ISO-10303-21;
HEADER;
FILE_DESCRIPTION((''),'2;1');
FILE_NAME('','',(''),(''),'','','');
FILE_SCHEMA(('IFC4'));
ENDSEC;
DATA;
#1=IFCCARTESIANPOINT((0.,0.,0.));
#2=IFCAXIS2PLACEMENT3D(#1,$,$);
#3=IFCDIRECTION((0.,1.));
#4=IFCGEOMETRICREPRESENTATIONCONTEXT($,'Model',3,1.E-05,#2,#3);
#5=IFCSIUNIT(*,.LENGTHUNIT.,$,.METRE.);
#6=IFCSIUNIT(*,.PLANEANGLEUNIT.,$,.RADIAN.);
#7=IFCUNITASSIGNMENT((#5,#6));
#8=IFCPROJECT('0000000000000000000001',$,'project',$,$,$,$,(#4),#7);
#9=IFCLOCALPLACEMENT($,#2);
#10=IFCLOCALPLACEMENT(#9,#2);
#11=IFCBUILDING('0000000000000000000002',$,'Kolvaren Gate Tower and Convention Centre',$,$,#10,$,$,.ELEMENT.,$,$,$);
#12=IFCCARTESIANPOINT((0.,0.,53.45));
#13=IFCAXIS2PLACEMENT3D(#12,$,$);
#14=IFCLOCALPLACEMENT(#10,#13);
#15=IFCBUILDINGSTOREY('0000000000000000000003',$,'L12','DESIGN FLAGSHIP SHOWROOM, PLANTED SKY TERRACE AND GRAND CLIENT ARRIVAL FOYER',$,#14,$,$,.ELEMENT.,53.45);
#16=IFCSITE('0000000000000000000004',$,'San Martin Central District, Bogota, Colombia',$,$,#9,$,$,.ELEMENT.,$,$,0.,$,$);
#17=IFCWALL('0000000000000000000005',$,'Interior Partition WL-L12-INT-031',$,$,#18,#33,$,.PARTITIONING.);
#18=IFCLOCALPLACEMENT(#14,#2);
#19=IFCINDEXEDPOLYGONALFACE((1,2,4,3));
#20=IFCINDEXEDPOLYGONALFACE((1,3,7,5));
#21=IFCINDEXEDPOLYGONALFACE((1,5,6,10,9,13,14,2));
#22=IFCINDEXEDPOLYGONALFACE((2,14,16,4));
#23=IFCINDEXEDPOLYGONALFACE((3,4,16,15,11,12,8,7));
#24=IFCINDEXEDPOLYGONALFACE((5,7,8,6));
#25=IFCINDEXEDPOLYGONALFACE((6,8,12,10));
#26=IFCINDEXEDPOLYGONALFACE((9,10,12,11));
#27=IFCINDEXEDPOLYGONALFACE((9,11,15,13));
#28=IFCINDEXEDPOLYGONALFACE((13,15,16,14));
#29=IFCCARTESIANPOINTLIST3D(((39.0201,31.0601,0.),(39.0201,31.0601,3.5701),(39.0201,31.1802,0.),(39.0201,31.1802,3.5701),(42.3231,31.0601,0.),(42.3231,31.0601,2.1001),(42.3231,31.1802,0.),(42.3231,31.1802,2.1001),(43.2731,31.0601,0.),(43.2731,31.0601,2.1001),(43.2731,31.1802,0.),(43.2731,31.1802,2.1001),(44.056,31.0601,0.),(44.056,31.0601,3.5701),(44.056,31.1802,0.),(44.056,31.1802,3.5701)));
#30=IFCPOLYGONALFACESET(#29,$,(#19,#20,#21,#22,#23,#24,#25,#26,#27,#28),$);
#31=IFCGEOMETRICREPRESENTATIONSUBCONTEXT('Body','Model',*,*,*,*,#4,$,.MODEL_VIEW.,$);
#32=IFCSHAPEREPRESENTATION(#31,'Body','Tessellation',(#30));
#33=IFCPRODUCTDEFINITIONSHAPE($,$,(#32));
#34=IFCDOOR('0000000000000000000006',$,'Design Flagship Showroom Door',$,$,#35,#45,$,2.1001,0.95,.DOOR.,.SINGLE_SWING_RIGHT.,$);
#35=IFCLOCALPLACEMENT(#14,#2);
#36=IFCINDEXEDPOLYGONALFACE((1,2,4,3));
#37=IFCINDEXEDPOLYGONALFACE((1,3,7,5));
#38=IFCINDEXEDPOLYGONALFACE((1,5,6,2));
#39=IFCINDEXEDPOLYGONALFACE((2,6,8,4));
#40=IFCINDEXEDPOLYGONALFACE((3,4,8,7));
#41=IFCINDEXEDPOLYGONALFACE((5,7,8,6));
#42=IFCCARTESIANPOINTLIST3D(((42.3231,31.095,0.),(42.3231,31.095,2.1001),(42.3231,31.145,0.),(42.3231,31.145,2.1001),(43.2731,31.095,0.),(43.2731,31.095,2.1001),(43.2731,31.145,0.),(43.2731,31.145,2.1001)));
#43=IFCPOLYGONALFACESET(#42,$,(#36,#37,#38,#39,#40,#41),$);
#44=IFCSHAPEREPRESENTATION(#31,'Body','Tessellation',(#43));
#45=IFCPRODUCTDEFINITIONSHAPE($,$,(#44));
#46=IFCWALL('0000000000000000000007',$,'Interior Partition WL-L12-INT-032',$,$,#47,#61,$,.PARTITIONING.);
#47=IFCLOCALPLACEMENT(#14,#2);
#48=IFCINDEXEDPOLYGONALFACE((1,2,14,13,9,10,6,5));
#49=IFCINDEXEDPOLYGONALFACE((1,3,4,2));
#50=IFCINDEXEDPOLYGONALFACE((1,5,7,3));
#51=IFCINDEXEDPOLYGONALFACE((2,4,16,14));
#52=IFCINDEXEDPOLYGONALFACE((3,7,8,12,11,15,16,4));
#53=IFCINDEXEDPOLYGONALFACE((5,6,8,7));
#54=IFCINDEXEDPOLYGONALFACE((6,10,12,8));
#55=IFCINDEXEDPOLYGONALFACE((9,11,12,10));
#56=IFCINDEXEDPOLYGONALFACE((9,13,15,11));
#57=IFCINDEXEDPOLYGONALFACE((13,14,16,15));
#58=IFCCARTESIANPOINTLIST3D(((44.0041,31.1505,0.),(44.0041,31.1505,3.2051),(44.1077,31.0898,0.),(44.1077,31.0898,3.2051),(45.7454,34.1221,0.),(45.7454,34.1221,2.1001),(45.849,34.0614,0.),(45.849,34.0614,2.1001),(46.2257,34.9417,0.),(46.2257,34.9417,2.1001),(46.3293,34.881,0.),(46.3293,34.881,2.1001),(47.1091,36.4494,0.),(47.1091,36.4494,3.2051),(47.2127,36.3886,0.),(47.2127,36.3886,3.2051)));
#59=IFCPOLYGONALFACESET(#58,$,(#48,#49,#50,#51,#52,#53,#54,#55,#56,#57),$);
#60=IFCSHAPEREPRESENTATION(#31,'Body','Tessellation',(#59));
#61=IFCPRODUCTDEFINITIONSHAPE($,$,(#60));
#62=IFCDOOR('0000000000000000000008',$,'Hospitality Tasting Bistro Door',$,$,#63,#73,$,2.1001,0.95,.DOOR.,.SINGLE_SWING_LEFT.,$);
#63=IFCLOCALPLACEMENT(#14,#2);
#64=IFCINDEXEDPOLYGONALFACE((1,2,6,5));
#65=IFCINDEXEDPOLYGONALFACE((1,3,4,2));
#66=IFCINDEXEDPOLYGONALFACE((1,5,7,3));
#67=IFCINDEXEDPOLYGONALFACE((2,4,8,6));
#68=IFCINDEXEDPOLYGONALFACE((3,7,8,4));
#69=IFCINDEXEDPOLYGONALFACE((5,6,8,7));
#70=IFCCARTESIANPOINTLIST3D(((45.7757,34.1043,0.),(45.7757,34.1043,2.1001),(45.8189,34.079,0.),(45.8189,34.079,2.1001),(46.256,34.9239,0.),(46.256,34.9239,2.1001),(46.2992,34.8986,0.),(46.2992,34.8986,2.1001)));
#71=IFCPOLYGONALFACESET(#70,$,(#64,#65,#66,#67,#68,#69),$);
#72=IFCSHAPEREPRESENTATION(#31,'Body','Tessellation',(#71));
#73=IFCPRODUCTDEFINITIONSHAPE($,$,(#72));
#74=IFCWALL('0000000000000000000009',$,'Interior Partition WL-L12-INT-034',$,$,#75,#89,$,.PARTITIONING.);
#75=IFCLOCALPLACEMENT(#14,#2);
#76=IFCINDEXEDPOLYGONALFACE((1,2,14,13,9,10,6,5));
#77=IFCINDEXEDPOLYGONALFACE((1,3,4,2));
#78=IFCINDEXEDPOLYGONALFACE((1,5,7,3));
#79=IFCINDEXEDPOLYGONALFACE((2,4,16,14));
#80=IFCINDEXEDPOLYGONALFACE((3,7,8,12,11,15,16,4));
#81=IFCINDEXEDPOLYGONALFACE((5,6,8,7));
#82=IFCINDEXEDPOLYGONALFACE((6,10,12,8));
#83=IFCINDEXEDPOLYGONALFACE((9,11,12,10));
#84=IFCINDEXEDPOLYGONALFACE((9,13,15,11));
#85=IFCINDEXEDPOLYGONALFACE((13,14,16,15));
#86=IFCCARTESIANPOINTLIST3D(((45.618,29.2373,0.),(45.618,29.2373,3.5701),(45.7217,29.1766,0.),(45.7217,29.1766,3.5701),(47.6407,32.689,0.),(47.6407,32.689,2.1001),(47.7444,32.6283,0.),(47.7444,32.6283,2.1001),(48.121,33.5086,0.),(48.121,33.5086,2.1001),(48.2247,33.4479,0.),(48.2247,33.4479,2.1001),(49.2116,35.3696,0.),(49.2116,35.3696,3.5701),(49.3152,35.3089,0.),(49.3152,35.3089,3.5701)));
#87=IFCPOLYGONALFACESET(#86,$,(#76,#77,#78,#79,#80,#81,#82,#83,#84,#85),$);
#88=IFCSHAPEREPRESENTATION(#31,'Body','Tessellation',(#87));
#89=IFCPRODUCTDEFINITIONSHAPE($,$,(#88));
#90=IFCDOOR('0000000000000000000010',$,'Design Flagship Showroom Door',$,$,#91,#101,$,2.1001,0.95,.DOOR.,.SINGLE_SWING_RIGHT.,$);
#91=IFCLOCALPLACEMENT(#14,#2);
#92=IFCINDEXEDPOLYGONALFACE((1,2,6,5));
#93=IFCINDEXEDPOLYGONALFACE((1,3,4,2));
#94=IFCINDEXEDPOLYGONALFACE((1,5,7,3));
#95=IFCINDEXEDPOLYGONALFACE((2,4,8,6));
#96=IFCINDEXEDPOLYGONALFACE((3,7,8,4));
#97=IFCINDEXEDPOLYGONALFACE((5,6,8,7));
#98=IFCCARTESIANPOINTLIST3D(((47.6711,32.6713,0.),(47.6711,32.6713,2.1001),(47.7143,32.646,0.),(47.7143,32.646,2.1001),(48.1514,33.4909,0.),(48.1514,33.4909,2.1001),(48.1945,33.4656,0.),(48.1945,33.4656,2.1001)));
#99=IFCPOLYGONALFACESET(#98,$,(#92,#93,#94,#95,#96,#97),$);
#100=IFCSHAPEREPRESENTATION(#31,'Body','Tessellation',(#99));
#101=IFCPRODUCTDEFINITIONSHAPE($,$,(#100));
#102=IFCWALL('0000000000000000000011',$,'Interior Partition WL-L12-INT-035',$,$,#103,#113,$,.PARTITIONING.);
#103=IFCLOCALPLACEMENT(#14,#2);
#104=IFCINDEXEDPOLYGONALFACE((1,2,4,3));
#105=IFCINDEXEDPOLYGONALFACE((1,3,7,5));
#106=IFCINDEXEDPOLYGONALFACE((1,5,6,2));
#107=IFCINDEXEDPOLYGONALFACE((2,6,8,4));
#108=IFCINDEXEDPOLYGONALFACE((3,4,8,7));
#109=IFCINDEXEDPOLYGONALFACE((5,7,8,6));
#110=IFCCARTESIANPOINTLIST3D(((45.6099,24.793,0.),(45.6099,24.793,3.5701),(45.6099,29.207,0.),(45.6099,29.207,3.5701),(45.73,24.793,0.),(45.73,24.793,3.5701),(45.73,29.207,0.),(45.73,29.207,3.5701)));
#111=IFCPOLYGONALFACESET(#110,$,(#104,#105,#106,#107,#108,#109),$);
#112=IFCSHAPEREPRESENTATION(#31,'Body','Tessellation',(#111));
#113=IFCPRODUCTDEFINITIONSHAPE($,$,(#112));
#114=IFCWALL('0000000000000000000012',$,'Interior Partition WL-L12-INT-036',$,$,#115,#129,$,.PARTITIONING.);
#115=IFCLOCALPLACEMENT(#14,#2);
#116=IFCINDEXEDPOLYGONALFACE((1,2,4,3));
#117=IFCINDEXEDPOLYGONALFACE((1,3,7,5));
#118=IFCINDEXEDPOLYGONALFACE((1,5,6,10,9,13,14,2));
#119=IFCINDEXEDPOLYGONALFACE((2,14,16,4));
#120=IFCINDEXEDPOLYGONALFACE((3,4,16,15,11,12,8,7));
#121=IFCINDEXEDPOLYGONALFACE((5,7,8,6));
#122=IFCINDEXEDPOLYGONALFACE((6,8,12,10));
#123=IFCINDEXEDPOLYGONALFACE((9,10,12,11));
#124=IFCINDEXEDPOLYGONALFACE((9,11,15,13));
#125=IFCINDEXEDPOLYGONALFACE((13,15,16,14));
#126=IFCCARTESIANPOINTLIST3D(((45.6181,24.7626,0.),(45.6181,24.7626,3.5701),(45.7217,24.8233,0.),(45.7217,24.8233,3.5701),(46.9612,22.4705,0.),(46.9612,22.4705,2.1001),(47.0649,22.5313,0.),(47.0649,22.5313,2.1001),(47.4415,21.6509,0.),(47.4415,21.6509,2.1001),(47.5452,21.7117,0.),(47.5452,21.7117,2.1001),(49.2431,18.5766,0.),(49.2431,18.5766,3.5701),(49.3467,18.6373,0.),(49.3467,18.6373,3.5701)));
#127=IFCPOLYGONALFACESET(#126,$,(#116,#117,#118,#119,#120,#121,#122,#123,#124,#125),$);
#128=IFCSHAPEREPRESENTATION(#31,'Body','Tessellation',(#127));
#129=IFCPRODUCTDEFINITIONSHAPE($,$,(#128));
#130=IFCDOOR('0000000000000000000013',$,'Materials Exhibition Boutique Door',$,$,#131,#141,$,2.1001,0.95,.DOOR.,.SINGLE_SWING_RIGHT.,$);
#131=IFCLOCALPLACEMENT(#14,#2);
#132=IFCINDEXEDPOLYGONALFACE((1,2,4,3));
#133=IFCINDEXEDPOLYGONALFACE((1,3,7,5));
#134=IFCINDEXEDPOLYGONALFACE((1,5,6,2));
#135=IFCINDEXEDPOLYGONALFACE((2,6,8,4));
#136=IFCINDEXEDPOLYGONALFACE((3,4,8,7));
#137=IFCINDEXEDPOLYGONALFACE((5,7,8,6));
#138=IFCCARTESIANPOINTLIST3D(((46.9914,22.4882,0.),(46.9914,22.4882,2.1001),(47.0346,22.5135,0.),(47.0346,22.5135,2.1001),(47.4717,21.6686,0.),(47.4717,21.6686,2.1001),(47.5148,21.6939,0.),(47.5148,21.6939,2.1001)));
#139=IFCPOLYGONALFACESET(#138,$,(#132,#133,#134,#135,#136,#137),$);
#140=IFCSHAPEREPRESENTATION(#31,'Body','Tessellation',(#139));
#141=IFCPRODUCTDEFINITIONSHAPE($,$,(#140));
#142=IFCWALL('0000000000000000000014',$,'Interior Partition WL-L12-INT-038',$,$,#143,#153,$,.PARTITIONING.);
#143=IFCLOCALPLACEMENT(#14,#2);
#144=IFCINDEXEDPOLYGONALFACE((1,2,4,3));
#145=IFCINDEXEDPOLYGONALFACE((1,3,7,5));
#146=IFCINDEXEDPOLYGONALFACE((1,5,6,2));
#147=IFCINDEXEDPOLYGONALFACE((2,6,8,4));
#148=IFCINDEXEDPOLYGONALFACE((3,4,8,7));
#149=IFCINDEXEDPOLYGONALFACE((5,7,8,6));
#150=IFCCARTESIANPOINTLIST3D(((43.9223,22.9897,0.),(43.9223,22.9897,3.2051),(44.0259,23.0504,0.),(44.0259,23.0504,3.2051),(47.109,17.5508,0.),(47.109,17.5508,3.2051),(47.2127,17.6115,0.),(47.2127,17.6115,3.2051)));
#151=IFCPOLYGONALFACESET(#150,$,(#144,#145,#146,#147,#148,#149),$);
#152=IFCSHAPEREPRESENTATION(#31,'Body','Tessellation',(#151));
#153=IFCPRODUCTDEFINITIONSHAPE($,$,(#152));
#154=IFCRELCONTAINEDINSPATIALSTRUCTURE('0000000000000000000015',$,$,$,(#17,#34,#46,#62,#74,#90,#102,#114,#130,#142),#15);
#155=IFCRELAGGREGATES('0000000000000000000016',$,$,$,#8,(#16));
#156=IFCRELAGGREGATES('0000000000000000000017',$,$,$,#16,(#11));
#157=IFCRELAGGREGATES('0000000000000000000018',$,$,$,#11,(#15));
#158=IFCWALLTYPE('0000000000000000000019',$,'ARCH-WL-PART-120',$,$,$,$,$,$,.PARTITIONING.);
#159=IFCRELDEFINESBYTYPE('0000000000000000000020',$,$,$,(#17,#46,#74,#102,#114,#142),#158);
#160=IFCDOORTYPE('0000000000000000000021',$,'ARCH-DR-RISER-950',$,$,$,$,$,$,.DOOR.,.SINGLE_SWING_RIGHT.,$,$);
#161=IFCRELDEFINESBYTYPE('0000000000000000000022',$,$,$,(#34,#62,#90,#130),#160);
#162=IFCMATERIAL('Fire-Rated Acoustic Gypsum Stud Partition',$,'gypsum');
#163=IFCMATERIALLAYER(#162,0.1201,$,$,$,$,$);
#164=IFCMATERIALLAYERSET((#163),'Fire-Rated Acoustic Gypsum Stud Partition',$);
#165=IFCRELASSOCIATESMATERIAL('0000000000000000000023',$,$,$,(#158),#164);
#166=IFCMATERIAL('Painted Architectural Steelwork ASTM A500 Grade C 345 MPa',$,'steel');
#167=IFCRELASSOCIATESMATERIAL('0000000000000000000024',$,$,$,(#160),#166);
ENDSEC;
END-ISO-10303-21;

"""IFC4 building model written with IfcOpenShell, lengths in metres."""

from ifc_helpers import new_model, si_unit, direction, frame, frame_2d, origin, place, context, subcontext, project, spatial, rectangle, extrude, material, layer, layer_set, type_object, element, fill, save


model = new_model("IFC4")

# Units and contexts
model_context = context("Model", 3, precision=1e-05, world=origin(), true_north=direction((0.0, 1.0)))
body_context = subcontext(model_context, "Body", "Model", "MODEL_VIEW")
ifc_project = project(units=[si_unit("LENGTHUNIT", "METRE"), si_unit("PLANEANGLEUNIT", "RADIAN")], contexts=[model_context])

# Site, building, storey
site_placement = place(None, origin())
site = spatial("IfcSite", under=ifc_project, at=site_placement, Name="San Martin Central District, Bogota, Colombia", CompositionType="ELEMENT", RefElevation=0.0)
building_placement = place(site_placement, origin())
building = spatial("IfcBuilding", under=site, at=building_placement, Name="Kolvaren Gate Tower and Convention Centre", CompositionType="ELEMENT")
storey_placement = place(building_placement, frame((0.0, 0.0, 53.45)))
storey = spatial("IfcBuildingStorey", under=building, at=storey_placement, Name="L12", Description="DESIGN FLAGSHIP SHOWROOM, PLANTED SKY TERRACE AND GRAND CLIENT ARRIVAL FOYER", CompositionType="ELEMENT", Elevation=53.45)

# Walls, openings, doors
ifc_material_1 = material(Name="Fire-Rated Acoustic Gypsum Stud Partition", Category="gypsum")
ifc_layer_1 = layer(ifc_material_1, 0.1201)
ifc_layer_set_1 = layer_set([ifc_layer_1], Name="Fire-Rated Acoustic Gypsum Stud Partition")
wall_type_1 = type_object("IfcWallType", Name="ARCH-WL-PART-120", PredefinedType="PARTITIONING", material=ifc_layer_set_1)
wall_1_placement = place(storey_placement, frame((39.02, 31.1201, 0.0), z_axis=(0.0, 0.0, 1.0), x_axis=(1.0, 0.0, 0.0)))
wall_1 = element("IfcWall", 1, at=wall_1_placement, inside=storey, type_object=wall_type_1, Name="Interior Partition WL-L12-INT-031", PredefinedType="PARTITIONING", context=body_context, shape_type="SweptSolid", body=[
    extrude(rectangle(XDim=5.0359, YDim=0.1201, at=frame_2d((2.5181, 0.0))), origin(), (0.0, 0.0, 1.0), 3.5701),
])
opening_1_placement = place(wall_1_placement, frame((3.303, 0.0, 0.0)))
opening_1 = element("IfcOpeningElement", 2, at=opening_1_placement, cuts=wall_1, PredefinedType="OPENING", context=body_context, shape_type="SweptSolid", body=[
    extrude(rectangle(XDim=0.95, YDim=2.1001, at=frame_2d((0.4751, 1.05))), frame((0.0, 0.0701, 0.0), z_axis=(0.0, -1.0, 0.0), x_axis=(1.0, 0.0, 0.0)), (0.0, 0.0, 1.0), 0.1401),
])
ifc_material_2 = material(Name="Painted Architectural Steelwork ASTM A500 Grade C 345 MPa", Category="steel")
door_type = type_object("IfcDoorType", Name="ARCH-DR-RISER-950", OperationType="SINGLE_SWING_RIGHT", PredefinedType="DOOR", material=ifc_material_2)
door_1_placement = place(opening_1_placement, origin())
door_1 = element("IfcDoor", 3, at=door_1_placement, inside=storey, type_object=door_type, Name="Design Flagship Showroom Door", OperationType="SINGLE_SWING_RIGHT", OverallHeight=2.1001, OverallWidth=0.95, PredefinedType="DOOR", context=body_context, shape_type="SweptSolid", body=[
    extrude(rectangle(XDim=0.95, YDim=2.1001, at=frame_2d((0.4751, 1.05))), frame((0.0, 0.0249, 0.0), z_axis=(0.0, -1.0, 0.0), x_axis=(1.0, 0.0, 0.0)), (0.0, 0.0, 1.0), 0.05),
])
fill(opening_1, door_1)
wall_2_placement = place(storey_placement, frame((44.0559, 31.1201, 0.0), z_axis=(0.0, 0.0, 1.0), x_axis=(0.505571, 0.862785, 0.0)))
wall_2 = element("IfcWall", 4, at=wall_2_placement, inside=storey, type_object=wall_type_1, Name="Interior Partition WL-L12-INT-032", PredefinedType="PARTITIONING", context=body_context, shape_type="SweptSolid", body=[
    extrude(rectangle(XDim=6.1416, YDim=0.1201, at=frame_2d((3.0708, 0.0))), origin(), (0.0, 0.0, 1.0), 3.2051),
])
opening_2_placement = place(wall_2_placement, frame((3.4441, 0.0, 0.0)))
opening_2 = element("IfcOpeningElement", 5, at=opening_2_placement, cuts=wall_2, PredefinedType="OPENING", context=body_context, shape_type="SweptSolid", body=[
    extrude(rectangle(XDim=0.95, YDim=2.1001, at=frame_2d((0.4751, 1.05))), frame((0.0, 0.0701, 0.0), z_axis=(0.0, -1.0, 0.0), x_axis=(1.0, 0.0, 0.0)), (0.0, 0.0, 1.0), 0.1401),
])
door_2_placement = place(opening_2_placement, origin())
door_2 = element("IfcDoor", 6, at=door_2_placement, inside=storey, type_object=door_type, Name="Hospitality Tasting Bistro Door", OperationType="SINGLE_SWING_LEFT", OverallHeight=2.1001, OverallWidth=0.95, PredefinedType="DOOR", context=body_context, shape_type="SweptSolid", body=[
    extrude(rectangle(XDim=0.95, YDim=2.1001, at=frame_2d((0.4751, 1.05))), frame((0.0, 0.0249, 0.0), z_axis=(0.0, -1.0, 0.0), x_axis=(1.0, 0.0, 0.0)), (0.0, 0.0, 1.0), 0.05),
])
fill(opening_2, door_2)
wall_3_placement = place(storey_placement, frame((45.6699, 29.207, 0.0), z_axis=(0.0, 0.0, 1.0), x_axis=(0.505583, 0.862778, 0.0)))
wall_3 = element("IfcWall", 7, at=wall_3_placement, inside=storey, type_object=wall_type_1, Name="Interior Partition WL-L12-INT-034", PredefinedType="PARTITIONING", context=body_context, shape_type="SweptSolid", body=[
    extrude(rectangle(XDim=7.1077, YDim=0.1201, at=frame_2d((3.5537, 0.0))), origin(), (0.0, 0.0, 1.0), 3.5701),
])
opening_3_placement = place(wall_3_placement, frame((4.0005, 0.0, 0.0)))
opening_3 = element("IfcOpeningElement", 8, at=opening_3_placement, cuts=wall_3, PredefinedType="OPENING", context=body_context, shape_type="SweptSolid", body=[
    extrude(rectangle(XDim=0.95, YDim=2.1001, at=frame_2d((0.4751, 1.05))), frame((0.0, 0.0701, 0.0), z_axis=(0.0, -1.0, 0.0), x_axis=(1.0, 0.0, 0.0)), (0.0, 0.0, 1.0), 0.1401),
])
door_3_placement = place(opening_3_placement, origin())
door_3 = element("IfcDoor", 9, at=door_3_placement, inside=storey, type_object=door_type, Name="Design Flagship Showroom Door", OperationType="SINGLE_SWING_RIGHT", OverallHeight=2.1001, OverallWidth=0.95, PredefinedType="DOOR", context=body_context, shape_type="SweptSolid", body=[
    extrude(rectangle(XDim=0.95, YDim=2.1001, at=frame_2d((0.4751, 1.05))), frame((0.0, 0.0249, 0.0), z_axis=(0.0, -1.0, 0.0), x_axis=(1.0, 0.0, 0.0)), (0.0, 0.0, 1.0), 0.05),
])
fill(opening_3, door_3)

# Wall
wall_4_placement = place(storey_placement, frame((45.6699, 24.793, 0.0), z_axis=(0.0, 0.0, 1.0), x_axis=(0.0, 1.0, 0.0)))
element("IfcWall", 10, at=wall_4_placement, inside=storey, type_object=wall_type_1, Name="Interior Partition WL-L12-INT-035", PredefinedType="PARTITIONING", context=body_context, shape_type="SweptSolid", body=[
    extrude(rectangle(XDim=4.4141, YDim=0.1201, at=frame_2d((2.207, 0.0))), origin(), (0.0, 0.0, 1.0), 3.5701),
])

# Wall, opening, door
wall_5_placement = place(storey_placement, frame((45.6699, 24.793, 0.0), z_axis=(0.0, 0.0, 1.0), x_axis=(0.505585, -0.862777, 0.0)))
wall_5 = element("IfcWall", 11, at=wall_5_placement, inside=storey, type_object=wall_type_1, Name="Interior Partition WL-L12-INT-036", PredefinedType="PARTITIONING", context=body_context, shape_type="SweptSolid", body=[
    extrude(rectangle(XDim=7.1699, YDim=0.1201, at=frame_2d((3.585, 0.0))), origin(), (0.0, 0.0, 1.0), 3.5701),
])
opening_4_placement = place(wall_5_placement, frame((2.6565, 0.0, 0.0)))
opening_4 = element("IfcOpeningElement", 12, at=opening_4_placement, cuts=wall_5, PredefinedType="OPENING", context=body_context, shape_type="SweptSolid", body=[
    extrude(rectangle(XDim=0.95, YDim=2.1001, at=frame_2d((0.4751, 1.05))), frame((0.0, 0.0701, 0.0), z_axis=(0.0, -1.0, 0.0), x_axis=(1.0, 0.0, 0.0)), (0.0, 0.0, 1.0), 0.1401),
])
door_4_placement = place(opening_4_placement, origin())
door_4 = element("IfcDoor", 13, at=door_4_placement, inside=storey, type_object=door_type, Name="Materials Exhibition Boutique Door", OperationType="SINGLE_SWING_RIGHT", OverallHeight=2.1001, OverallWidth=0.95, PredefinedType="DOOR", context=body_context, shape_type="SweptSolid", body=[
    extrude(rectangle(XDim=0.95, YDim=2.1001, at=frame_2d((0.4751, 1.05))), frame((0.0, 0.0249, 0.0), z_axis=(0.0, -1.0, 0.0), x_axis=(1.0, 0.0, 0.0)), (0.0, 0.0, 1.0), 0.05),
])
fill(opening_4, door_4)

# Wall
wall_6_placement = place(storey_placement, frame((43.9741, 23.02, 0.0), z_axis=(0.0, 0.0, 1.0), x_axis=(0.505532, -0.862808, 0.0)))
element("IfcWall", 14, at=wall_6_placement, inside=storey, type_object=wall_type_1, Name="Interior Partition WL-L12-INT-038", PredefinedType="PARTITIONING", context=body_context, shape_type="SweptSolid", body=[
    extrude(rectangle(XDim=6.3037, YDim=0.1201, at=frame_2d((3.1519, 0.0))), origin(), (0.0, 0.0, 1.0), 3.2051),
])

save(model, "model.ifc")
